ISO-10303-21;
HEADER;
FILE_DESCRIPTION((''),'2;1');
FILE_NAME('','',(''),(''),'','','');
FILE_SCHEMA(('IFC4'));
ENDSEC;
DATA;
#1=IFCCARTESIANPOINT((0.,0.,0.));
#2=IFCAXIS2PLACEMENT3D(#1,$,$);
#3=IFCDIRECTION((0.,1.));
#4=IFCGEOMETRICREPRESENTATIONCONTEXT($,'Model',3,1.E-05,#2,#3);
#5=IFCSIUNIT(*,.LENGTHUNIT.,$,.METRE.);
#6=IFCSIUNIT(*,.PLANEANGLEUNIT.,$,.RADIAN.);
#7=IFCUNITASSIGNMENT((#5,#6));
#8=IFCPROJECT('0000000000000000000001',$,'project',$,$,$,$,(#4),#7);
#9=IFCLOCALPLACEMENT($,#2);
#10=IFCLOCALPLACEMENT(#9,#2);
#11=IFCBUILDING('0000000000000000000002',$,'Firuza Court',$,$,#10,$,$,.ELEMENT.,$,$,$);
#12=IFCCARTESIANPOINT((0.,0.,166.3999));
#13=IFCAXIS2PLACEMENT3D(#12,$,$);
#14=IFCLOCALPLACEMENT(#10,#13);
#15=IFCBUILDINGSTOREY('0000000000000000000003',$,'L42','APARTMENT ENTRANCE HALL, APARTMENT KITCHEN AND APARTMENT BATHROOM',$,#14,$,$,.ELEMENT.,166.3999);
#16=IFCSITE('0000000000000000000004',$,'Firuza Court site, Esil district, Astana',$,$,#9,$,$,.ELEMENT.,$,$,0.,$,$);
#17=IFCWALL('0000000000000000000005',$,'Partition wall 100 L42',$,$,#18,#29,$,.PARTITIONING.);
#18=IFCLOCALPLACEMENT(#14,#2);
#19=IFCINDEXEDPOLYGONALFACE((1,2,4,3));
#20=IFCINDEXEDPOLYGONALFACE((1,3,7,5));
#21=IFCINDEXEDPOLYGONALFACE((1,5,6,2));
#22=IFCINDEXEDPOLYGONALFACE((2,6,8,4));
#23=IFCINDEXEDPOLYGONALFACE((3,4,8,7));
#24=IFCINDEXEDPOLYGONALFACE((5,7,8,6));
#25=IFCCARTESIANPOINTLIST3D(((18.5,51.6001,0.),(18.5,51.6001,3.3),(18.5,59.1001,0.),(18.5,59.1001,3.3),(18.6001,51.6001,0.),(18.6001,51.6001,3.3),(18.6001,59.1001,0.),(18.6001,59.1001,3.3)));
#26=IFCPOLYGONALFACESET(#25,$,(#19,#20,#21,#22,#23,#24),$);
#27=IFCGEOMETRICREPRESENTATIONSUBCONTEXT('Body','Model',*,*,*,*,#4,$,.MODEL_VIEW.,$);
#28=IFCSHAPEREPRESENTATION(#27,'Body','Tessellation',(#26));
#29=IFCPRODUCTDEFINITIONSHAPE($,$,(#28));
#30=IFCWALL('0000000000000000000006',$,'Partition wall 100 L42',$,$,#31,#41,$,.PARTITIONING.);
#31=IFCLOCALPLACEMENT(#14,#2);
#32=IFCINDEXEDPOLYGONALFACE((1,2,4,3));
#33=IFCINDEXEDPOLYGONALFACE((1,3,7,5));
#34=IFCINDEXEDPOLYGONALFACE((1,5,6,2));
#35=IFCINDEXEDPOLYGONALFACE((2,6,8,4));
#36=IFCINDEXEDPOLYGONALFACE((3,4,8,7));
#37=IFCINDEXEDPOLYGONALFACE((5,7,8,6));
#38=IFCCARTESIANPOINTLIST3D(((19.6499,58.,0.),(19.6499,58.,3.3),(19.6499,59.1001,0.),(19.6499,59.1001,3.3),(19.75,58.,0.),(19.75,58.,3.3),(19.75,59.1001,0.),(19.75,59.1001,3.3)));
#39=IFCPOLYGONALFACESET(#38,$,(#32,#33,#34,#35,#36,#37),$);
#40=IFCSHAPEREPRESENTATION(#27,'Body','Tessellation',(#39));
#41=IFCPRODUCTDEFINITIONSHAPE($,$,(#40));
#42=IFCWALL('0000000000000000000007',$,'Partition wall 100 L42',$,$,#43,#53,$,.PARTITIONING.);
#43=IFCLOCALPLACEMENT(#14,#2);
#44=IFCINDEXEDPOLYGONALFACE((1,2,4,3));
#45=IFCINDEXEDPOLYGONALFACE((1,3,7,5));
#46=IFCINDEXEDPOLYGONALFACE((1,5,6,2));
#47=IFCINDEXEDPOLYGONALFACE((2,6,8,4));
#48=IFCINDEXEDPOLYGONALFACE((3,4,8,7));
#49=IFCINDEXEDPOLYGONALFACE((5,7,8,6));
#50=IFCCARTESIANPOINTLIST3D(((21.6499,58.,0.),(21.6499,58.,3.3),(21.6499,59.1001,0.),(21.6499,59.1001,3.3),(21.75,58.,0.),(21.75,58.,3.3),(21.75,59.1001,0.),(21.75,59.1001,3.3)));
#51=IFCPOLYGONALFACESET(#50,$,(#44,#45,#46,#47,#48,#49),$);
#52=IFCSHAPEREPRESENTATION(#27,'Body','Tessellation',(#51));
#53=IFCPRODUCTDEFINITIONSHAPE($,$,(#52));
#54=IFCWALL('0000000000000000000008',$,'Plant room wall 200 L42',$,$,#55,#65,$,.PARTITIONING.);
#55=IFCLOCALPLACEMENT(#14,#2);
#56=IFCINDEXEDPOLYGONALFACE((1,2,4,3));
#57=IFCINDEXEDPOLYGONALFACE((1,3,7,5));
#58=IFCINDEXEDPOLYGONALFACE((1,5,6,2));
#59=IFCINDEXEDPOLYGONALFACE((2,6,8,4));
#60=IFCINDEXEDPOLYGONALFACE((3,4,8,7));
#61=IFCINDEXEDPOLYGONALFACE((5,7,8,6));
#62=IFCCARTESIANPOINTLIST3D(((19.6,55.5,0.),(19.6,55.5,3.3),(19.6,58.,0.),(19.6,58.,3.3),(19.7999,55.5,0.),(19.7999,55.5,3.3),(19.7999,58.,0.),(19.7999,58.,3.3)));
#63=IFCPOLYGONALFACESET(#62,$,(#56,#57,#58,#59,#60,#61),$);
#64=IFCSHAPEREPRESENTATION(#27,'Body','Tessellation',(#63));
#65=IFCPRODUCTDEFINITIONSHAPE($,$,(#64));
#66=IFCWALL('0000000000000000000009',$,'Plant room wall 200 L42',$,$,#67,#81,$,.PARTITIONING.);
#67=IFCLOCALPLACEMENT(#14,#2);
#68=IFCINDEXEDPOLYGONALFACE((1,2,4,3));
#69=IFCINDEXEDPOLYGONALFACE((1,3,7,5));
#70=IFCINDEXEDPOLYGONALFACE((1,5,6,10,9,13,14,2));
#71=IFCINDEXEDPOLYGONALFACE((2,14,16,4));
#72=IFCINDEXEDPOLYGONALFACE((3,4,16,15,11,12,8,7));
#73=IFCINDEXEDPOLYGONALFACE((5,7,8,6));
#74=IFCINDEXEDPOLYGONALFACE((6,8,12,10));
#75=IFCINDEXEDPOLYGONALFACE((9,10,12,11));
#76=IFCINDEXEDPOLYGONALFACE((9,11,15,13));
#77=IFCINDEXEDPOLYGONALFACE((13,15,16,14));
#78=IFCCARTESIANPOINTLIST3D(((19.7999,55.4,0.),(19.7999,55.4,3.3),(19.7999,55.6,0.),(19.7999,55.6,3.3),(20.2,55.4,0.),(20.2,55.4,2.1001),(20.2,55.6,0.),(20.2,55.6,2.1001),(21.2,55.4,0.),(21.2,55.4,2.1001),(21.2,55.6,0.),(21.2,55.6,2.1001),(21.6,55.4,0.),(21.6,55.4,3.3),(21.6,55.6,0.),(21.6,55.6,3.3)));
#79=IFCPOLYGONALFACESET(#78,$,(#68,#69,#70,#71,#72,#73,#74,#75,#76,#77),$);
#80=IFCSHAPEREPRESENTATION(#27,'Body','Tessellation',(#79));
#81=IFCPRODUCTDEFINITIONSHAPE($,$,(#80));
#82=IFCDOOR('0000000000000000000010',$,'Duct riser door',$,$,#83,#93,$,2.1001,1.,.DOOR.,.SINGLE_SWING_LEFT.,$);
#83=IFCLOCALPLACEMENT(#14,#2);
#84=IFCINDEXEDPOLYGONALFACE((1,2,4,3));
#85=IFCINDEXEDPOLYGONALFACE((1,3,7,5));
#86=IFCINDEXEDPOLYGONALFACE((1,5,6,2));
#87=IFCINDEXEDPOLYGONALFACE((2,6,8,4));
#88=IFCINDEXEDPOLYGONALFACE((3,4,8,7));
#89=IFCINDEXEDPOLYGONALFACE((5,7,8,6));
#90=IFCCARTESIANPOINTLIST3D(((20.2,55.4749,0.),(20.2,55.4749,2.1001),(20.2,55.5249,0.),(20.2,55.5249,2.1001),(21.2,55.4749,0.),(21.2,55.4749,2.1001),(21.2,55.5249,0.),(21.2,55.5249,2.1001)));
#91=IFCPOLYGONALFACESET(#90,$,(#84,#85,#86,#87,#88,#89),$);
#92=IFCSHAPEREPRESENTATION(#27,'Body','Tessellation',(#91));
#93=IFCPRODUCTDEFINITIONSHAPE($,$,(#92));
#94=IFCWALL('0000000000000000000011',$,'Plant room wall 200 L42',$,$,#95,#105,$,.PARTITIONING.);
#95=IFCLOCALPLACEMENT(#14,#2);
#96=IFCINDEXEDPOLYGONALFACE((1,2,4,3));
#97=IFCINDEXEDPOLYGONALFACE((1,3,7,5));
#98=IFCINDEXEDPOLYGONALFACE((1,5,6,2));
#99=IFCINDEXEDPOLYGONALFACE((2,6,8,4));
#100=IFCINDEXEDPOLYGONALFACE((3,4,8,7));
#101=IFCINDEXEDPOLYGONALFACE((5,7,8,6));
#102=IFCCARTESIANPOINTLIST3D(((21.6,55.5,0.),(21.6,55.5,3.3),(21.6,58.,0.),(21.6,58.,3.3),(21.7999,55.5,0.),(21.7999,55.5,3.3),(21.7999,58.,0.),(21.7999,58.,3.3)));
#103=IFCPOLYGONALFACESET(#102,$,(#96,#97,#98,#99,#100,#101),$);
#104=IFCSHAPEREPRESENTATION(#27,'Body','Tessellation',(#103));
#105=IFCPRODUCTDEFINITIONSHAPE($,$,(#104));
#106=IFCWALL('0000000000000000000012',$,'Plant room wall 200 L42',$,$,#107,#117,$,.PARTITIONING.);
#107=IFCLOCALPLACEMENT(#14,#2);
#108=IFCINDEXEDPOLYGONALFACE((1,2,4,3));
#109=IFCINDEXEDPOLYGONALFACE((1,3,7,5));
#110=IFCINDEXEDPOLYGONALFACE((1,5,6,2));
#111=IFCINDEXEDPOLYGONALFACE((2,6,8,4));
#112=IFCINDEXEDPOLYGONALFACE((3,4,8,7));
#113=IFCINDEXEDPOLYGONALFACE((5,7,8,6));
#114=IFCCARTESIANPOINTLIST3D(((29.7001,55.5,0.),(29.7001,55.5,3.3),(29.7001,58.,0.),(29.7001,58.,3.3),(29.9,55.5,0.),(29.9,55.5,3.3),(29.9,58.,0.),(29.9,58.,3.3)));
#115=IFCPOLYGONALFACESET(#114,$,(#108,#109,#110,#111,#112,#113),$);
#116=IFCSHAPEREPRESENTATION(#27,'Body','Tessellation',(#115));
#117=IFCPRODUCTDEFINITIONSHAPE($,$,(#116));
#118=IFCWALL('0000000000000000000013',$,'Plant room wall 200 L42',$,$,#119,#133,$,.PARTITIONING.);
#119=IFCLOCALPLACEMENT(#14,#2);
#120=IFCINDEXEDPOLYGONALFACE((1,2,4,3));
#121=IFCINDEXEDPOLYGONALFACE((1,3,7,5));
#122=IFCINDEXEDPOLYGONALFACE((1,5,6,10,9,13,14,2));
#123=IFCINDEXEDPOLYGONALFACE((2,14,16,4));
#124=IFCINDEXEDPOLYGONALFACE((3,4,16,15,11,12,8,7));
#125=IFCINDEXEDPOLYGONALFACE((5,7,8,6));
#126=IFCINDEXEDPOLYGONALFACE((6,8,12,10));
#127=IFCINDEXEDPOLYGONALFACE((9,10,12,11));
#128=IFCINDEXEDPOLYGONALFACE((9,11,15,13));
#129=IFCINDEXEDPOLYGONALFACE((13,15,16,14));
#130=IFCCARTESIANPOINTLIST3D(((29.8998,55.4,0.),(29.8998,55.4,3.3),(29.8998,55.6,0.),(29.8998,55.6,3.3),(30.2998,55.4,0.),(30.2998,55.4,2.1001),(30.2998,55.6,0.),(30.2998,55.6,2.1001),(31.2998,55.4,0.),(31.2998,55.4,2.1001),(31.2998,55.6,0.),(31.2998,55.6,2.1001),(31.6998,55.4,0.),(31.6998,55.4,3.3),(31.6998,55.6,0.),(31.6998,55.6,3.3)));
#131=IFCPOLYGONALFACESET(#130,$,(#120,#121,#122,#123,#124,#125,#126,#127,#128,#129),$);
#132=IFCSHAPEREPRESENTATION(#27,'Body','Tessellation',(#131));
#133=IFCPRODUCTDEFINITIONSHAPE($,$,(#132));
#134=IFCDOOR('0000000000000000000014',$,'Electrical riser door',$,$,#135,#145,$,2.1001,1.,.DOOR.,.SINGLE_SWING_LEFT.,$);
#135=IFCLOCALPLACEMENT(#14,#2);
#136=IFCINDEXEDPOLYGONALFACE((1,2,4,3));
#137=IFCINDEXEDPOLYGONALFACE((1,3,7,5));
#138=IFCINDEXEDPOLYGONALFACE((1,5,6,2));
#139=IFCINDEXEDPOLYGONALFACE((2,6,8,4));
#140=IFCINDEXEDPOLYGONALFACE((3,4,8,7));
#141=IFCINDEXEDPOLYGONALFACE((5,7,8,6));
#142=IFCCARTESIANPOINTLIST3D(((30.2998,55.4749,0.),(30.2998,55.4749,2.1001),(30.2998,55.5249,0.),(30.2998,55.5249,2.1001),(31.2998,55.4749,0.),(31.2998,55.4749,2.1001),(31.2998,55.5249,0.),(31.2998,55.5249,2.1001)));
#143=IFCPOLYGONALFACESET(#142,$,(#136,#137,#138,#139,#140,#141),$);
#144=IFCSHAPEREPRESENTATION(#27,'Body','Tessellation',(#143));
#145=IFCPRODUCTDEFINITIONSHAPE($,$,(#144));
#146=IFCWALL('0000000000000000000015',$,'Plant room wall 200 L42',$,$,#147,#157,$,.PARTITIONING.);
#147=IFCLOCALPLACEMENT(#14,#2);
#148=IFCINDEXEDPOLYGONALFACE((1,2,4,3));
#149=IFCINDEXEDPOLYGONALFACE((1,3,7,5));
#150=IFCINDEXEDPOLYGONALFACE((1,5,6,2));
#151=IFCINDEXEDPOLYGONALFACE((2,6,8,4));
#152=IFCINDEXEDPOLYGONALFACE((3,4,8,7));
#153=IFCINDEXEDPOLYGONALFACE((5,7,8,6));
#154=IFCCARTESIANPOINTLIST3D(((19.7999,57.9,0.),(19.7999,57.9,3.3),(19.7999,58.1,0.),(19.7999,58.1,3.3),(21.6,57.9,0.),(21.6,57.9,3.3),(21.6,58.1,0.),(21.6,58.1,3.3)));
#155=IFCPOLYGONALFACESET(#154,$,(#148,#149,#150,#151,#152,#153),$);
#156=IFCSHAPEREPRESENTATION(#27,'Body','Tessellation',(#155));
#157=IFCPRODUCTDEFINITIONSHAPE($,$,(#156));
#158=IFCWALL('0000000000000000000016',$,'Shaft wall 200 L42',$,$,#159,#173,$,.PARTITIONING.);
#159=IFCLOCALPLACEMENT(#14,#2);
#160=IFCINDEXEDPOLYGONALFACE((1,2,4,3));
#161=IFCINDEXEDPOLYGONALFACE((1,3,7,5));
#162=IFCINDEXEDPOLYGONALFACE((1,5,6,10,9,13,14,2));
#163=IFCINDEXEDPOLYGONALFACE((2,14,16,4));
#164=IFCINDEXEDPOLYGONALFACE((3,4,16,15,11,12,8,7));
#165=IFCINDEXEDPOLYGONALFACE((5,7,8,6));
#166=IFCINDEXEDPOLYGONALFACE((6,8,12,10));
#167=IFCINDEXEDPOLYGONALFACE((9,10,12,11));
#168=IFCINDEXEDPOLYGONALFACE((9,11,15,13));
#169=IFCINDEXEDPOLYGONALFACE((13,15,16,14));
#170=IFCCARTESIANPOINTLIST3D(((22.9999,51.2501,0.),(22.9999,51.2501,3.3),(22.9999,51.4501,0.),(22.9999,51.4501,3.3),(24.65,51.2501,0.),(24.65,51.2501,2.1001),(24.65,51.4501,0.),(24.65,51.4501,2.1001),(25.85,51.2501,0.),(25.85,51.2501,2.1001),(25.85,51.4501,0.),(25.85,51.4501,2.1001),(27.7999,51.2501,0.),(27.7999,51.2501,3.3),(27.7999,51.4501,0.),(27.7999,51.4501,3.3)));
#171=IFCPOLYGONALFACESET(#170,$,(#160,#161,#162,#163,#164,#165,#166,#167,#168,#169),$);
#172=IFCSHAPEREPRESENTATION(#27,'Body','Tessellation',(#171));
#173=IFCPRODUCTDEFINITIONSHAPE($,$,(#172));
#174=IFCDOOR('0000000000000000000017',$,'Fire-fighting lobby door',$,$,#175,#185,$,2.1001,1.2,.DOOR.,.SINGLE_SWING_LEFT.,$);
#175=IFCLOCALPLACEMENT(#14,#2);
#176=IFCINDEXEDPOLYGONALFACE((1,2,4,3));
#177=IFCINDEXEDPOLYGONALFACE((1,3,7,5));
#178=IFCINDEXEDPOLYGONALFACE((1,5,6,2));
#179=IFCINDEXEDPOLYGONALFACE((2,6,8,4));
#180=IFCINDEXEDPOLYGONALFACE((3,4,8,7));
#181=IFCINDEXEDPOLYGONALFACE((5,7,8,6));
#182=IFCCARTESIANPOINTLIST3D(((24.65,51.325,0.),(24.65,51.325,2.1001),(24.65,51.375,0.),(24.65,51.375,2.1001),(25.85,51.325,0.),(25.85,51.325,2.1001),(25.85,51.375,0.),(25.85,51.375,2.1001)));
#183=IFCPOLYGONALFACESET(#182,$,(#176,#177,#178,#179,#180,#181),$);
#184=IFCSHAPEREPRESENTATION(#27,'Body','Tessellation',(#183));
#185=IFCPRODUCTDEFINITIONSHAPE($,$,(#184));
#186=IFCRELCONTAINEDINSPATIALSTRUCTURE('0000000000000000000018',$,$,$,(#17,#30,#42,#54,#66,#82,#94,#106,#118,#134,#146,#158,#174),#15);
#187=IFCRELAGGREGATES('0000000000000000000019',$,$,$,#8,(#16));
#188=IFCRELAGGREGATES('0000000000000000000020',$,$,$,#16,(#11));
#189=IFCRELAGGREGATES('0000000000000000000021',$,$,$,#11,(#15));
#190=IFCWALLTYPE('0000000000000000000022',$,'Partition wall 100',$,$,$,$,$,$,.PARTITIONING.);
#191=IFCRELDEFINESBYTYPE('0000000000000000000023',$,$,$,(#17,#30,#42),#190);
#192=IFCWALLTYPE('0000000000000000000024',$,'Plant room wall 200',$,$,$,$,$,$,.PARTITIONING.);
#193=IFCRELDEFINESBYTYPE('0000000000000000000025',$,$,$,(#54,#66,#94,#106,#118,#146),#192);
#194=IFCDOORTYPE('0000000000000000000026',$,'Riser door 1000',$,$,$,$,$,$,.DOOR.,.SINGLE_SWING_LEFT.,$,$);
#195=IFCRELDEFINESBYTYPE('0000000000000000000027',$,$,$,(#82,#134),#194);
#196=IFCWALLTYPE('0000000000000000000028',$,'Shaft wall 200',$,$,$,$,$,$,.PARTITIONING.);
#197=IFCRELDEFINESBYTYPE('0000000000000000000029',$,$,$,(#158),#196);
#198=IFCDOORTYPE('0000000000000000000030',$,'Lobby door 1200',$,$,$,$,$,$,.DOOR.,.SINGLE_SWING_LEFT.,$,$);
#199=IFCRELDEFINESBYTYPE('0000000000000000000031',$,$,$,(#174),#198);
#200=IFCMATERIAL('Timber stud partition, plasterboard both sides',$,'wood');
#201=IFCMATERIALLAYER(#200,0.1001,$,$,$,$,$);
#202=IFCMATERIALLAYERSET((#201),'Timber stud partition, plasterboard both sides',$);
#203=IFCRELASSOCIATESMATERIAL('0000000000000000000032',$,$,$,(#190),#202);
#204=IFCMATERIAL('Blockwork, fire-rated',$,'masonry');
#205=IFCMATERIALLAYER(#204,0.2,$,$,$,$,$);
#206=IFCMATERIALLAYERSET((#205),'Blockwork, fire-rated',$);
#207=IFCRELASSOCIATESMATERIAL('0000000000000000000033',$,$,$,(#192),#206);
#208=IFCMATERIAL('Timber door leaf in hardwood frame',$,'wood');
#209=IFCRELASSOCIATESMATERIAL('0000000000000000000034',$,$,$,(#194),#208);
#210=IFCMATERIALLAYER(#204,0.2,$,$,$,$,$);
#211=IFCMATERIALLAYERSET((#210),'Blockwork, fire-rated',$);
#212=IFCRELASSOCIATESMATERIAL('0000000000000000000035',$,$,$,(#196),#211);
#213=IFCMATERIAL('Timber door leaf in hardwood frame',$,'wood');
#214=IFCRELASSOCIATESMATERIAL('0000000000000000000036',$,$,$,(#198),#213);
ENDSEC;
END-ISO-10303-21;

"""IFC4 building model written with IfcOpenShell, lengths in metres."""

from ifc_helpers import new_model, si_unit, direction, frame, frame_2d, origin, place, context, subcontext, project, spatial, rectangle, extrude, material, layer, layer_set, type_object, element, fill, save


model = new_model("IFC4")

# Units and contexts
model_context = context("Model", 3, precision=1e-05, world=origin(), true_north=direction((0.0, 1.0)))
body_context = subcontext(model_context, "Body", "Model", "MODEL_VIEW")
ifc_project = project(units=[si_unit("LENGTHUNIT", "METRE"), si_unit("PLANEANGLEUNIT", "RADIAN")], contexts=[model_context])

# Site, building, storey
site_placement = place(None, origin())
site = spatial("IfcSite", under=ifc_project, at=site_placement, Name="Firuza Court site, Esil district, Astana", CompositionType="ELEMENT", RefElevation=0.0)
building_placement = place(site_placement, origin())
building = spatial("IfcBuilding", under=site, at=building_placement, Name="Firuza Court", CompositionType="ELEMENT")
storey_placement = place(building_placement, frame((0.0, 0.0, 166.3999)))
storey = spatial("IfcBuildingStorey", under=building, at=storey_placement, Name="L42", Description="APARTMENT ENTRANCE HALL, APARTMENT KITCHEN AND APARTMENT BATHROOM", CompositionType="ELEMENT", Elevation=166.3999)

# Walls
ifc_material_1 = material(Name="Timber stud partition, plasterboard both sides", Category="wood")
ifc_layer_1 = layer(ifc_material_1, 0.1001)
ifc_layer_set_1 = layer_set([ifc_layer_1], Name="Timber stud partition, plasterboard both sides")
wall_type_1 = type_object("IfcWallType", Name="Partition wall 100", PredefinedType="PARTITIONING", material=ifc_layer_set_1)
wall_1_placement = place(storey_placement, frame((18.55, 51.6001, 0.0), z_axis=(0.0, 0.0, 1.0), x_axis=(0.0, 1.0, 0.0)))
element("IfcWall", 1, at=wall_1_placement, inside=storey, type_object=wall_type_1, Name="Partition wall 100 L42", PredefinedType="PARTITIONING", context=body_context, shape_type="SweptSolid", body=[
    extrude(rectangle(XDim=7.5, YDim=0.1001, at=frame_2d((3.75, 0.0))), origin(), (0.0, 0.0, 1.0), 3.3),
])
for number, where, z_axis, x_axis, name in (
    (2, (19.7, 58.0, 0.0), (0.0, 0.0, 1.0), (0.0, 1.0, 0.0), "Partition wall 100 L42"),
    (3, (21.7, 58.0, 0.0), (0.0, 0.0, 1.0), (0.0, 1.0, 0.0), "Partition wall 100 L42"),
):
    element("IfcWall", number, at=place(storey_placement, frame(where, z_axis=z_axis, x_axis=x_axis)), inside=storey, type_object=wall_type_1, Name=name, PredefinedType="PARTITIONING", context=body_context, shape_type="SweptSolid", body=[
        extrude(rectangle(XDim=1.1001, YDim=0.1001, at=frame_2d((0.55, 0.0))), origin(), (0.0, 0.0, 1.0), 3.3),
    ])
ifc_material_2 = material(Name="Blockwork, fire-rated", Category="masonry")
ifc_layer_2 = layer(ifc_material_2, 0.2)
ifc_layer_set_2 = layer_set([ifc_layer_2], Name="Blockwork, fire-rated")
wall_type_2 = type_object("IfcWallType", Name="Plant room wall 200", PredefinedType="PARTITIONING", material=ifc_layer_set_2)
wall_2_placement = place(storey_placement, frame((19.7, 55.5, 0.0), z_axis=(0.0, 0.0, 1.0), x_axis=(0.0, 1.0, 0.0)))
element("IfcWall", 4, at=wall_2_placement, inside=storey, type_object=wall_type_2, Name="Plant room wall 200 L42", PredefinedType="PARTITIONING", context=body_context, shape_type="SweptSolid", body=[
    extrude(rectangle(XDim=2.5, YDim=0.2, at=frame_2d((1.25, 0.0))), origin(), (0.0, 0.0, 1.0), 3.3),
])

# Wall, opening, door
wall_3_placement = place(storey_placement, frame((19.8, 55.5, 0.0), z_axis=(0.0, 0.0, 1.0), x_axis=(1.0, 0.0, 0.0)))
wall_3 = element("IfcWall", 5, at=wall_3_placement, inside=storey, type_object=wall_type_2, Name="Plant room wall 200 L42", PredefinedType="PARTITIONING", context=body_context, shape_type="SweptSolid", body=[
    extrude(rectangle(XDim=1.8, YDim=0.2, at=frame_2d((0.8999, 0.0))), origin(), (0.0, 0.0, 1.0), 3.3),
])
opening_1_placement = place(wall_3_placement, frame((0.3999, 0.0, 0.0)))
opening_1 = element("IfcOpeningElement", 6, at=opening_1_placement, cuts=wall_3, PredefinedType="OPENING", context=body_context, shape_type="SweptSolid", body=[
    extrude(rectangle(XDim=1.0, YDim=2.1001, at=frame_2d((0.5, 1.05))), frame((0.0, 0.1118, 0.0), z_axis=(0.0, -1.0, 0.0), x_axis=(1.0, 0.0, 0.0)), (0.0, 0.0, 1.0), 0.2239),
])
ifc_material_3 = material(Name="Timber door leaf in hardwood frame", Category="wood")
door_type_1 = type_object("IfcDoorType", Name="Riser door 1000", OperationType="SINGLE_SWING_LEFT", PredefinedType="DOOR", material=ifc_material_3)
door_1_placement = place(opening_1_placement, origin())
door_1 = element("IfcDoor", 7, at=door_1_placement, inside=storey, type_object=door_type_1, Name="Duct riser door", OperationType="SINGLE_SWING_LEFT", OverallHeight=2.1001, OverallWidth=1.0, PredefinedType="DOOR", context=body_context, shape_type="SweptSolid", body=[
    extrude(rectangle(XDim=1.0, YDim=2.1001, at=frame_2d((0.5, 1.05))), frame((0.0, 0.0249, 0.0), z_axis=(0.0, -1.0, 0.0), x_axis=(1.0, 0.0, 0.0)), (0.0, 0.0, 1.0), 0.05),
])
fill(opening_1, door_1)

# Walls
for number, where, z_axis, x_axis, name in (
    (8, (21.7, 55.5, 0.0), (0.0, 0.0, 1.0), (0.0, 1.0, 0.0), "Plant room wall 200 L42"),
    (9, (29.8, 55.5, 0.0), (0.0, 0.0, 1.0), (0.0, 1.0, 0.0), "Plant room wall 200 L42"),
):
    element("IfcWall", number, at=place(storey_placement, frame(where, z_axis=z_axis, x_axis=x_axis)), inside=storey, type_object=wall_type_2, Name=name, PredefinedType="PARTITIONING", context=body_context, shape_type="SweptSolid", body=[
        extrude(rectangle(XDim=2.5, YDim=0.2, at=frame_2d((1.25, 0.0))), origin(), (0.0, 0.0, 1.0), 3.3),
    ])

# Wall, opening, door
wall_4_placement = place(storey_placement, frame((29.8999, 55.5, 0.0), z_axis=(0.0, 0.0, 1.0), x_axis=(1.0, 0.0, 0.0)))
wall_4 = element("IfcWall", 10, at=wall_4_placement, inside=storey, type_object=wall_type_2, Name="Plant room wall 200 L42", PredefinedType="PARTITIONING", context=body_context, shape_type="SweptSolid", body=[
    extrude(rectangle(XDim=1.8, YDim=0.2, at=frame_2d((0.8999, 0.0))), origin(), (0.0, 0.0, 1.0), 3.3),
])
opening_2_placement = place(wall_4_placement, frame((0.3999, 0.0, 0.0)))
opening_2 = element("IfcOpeningElement", 11, at=opening_2_placement, cuts=wall_4, PredefinedType="OPENING", context=body_context, shape_type="SweptSolid", body=[
    extrude(rectangle(XDim=1.0, YDim=2.1001, at=frame_2d((0.5, 1.05))), frame((0.0, 0.1118, 0.0), z_axis=(0.0, -1.0, 0.0), x_axis=(1.0, 0.0, 0.0)), (0.0, 0.0, 1.0), 0.2239),
])
door_2_placement = place(opening_2_placement, origin())
door_2 = element("IfcDoor", 12, at=door_2_placement, inside=storey, type_object=door_type_1, Name="Electrical riser door", OperationType="SINGLE_SWING_LEFT", OverallHeight=2.1001, OverallWidth=1.0, PredefinedType="DOOR", context=body_context, shape_type="SweptSolid", body=[
    extrude(rectangle(XDim=1.0, YDim=2.1001, at=frame_2d((0.5, 1.05))), frame((0.0, 0.0249, 0.0), z_axis=(0.0, -1.0, 0.0), x_axis=(1.0, 0.0, 0.0)), (0.0, 0.0, 1.0), 0.05),
])
fill(opening_2, door_2)

# Wall
wall_5_placement = place(storey_placement, frame((19.8, 58.0, 0.0), z_axis=(0.0, 0.0, 1.0), x_axis=(1.0, 0.0, 0.0)))
element("IfcWall", 13, at=wall_5_placement, inside=storey, type_object=wall_type_2, Name="Plant room wall 200 L42", PredefinedType="PARTITIONING", context=body_context, shape_type="SweptSolid", body=[
    extrude(rectangle(XDim=1.8, YDim=0.2, at=frame_2d((0.8999, 0.0))), origin(), (0.0, 0.0, 1.0), 3.3),
])

# Wall, opening, door
ifc_layer_3 = layer(ifc_material_2, 0.2)
ifc_layer_set_3 = layer_set([ifc_layer_3], Name="Blockwork, fire-rated")
wall_type_3 = type_object("IfcWallType", Name="Shaft wall 200", PredefinedType="PARTITIONING", material=ifc_layer_set_3)
wall_6_placement = place(storey_placement, frame((23.0, 51.3501, 0.0), z_axis=(0.0, 0.0, 1.0), x_axis=(1.0, 0.0, 0.0)))
wall_6 = element("IfcWall", 14, at=wall_6_placement, inside=storey, type_object=wall_type_3, Name="Shaft wall 200 L42", PredefinedType="PARTITIONING", context=body_context, shape_type="SweptSolid", body=[
    extrude(rectangle(XDim=4.8, YDim=0.2, at=frame_2d((2.3999, 0.0))), origin(), (0.0, 0.0, 1.0), 3.3),
])
opening_3_placement = place(wall_6_placement, frame((1.6499, 0.0, 0.0)))
opening_3 = element("IfcOpeningElement", 15, at=opening_3_placement, cuts=wall_6, PredefinedType="OPENING", context=body_context, shape_type="SweptSolid", body=[
    extrude(rectangle(XDim=1.2, YDim=2.1001, at=frame_2d((0.6001, 1.05))), frame((0.0, 0.1118, 0.0), z_axis=(0.0, -1.0, 0.0), x_axis=(1.0, 0.0, 0.0)), (0.0, 0.0, 1.0), 0.2239),
])
ifc_material_4 = material(Name="Timber door leaf in hardwood frame", Category="wood")
door_type_2 = type_object("IfcDoorType", Name="Lobby door 1200", OperationType="SINGLE_SWING_LEFT", PredefinedType="DOOR", material=ifc_material_4)
door_3_placement = place(opening_3_placement, origin())
door_3 = element("IfcDoor", 16, at=door_3_placement, inside=storey, type_object=door_type_2, Name="Fire-fighting lobby door", OperationType="SINGLE_SWING_LEFT", OverallHeight=2.1001, OverallWidth=1.2, PredefinedType="DOOR", context=body_context, shape_type="SweptSolid", body=[
    extrude(rectangle(XDim=1.2, YDim=2.1001, at=frame_2d((0.6001, 1.05))), frame((0.0, 0.0249, 0.0), z_axis=(0.0, -1.0, 0.0), x_axis=(1.0, 0.0, 0.0)), (0.0, 0.0, 1.0), 0.05),
])
fill(opening_3, door_3)

save(model, "model.ifc")
